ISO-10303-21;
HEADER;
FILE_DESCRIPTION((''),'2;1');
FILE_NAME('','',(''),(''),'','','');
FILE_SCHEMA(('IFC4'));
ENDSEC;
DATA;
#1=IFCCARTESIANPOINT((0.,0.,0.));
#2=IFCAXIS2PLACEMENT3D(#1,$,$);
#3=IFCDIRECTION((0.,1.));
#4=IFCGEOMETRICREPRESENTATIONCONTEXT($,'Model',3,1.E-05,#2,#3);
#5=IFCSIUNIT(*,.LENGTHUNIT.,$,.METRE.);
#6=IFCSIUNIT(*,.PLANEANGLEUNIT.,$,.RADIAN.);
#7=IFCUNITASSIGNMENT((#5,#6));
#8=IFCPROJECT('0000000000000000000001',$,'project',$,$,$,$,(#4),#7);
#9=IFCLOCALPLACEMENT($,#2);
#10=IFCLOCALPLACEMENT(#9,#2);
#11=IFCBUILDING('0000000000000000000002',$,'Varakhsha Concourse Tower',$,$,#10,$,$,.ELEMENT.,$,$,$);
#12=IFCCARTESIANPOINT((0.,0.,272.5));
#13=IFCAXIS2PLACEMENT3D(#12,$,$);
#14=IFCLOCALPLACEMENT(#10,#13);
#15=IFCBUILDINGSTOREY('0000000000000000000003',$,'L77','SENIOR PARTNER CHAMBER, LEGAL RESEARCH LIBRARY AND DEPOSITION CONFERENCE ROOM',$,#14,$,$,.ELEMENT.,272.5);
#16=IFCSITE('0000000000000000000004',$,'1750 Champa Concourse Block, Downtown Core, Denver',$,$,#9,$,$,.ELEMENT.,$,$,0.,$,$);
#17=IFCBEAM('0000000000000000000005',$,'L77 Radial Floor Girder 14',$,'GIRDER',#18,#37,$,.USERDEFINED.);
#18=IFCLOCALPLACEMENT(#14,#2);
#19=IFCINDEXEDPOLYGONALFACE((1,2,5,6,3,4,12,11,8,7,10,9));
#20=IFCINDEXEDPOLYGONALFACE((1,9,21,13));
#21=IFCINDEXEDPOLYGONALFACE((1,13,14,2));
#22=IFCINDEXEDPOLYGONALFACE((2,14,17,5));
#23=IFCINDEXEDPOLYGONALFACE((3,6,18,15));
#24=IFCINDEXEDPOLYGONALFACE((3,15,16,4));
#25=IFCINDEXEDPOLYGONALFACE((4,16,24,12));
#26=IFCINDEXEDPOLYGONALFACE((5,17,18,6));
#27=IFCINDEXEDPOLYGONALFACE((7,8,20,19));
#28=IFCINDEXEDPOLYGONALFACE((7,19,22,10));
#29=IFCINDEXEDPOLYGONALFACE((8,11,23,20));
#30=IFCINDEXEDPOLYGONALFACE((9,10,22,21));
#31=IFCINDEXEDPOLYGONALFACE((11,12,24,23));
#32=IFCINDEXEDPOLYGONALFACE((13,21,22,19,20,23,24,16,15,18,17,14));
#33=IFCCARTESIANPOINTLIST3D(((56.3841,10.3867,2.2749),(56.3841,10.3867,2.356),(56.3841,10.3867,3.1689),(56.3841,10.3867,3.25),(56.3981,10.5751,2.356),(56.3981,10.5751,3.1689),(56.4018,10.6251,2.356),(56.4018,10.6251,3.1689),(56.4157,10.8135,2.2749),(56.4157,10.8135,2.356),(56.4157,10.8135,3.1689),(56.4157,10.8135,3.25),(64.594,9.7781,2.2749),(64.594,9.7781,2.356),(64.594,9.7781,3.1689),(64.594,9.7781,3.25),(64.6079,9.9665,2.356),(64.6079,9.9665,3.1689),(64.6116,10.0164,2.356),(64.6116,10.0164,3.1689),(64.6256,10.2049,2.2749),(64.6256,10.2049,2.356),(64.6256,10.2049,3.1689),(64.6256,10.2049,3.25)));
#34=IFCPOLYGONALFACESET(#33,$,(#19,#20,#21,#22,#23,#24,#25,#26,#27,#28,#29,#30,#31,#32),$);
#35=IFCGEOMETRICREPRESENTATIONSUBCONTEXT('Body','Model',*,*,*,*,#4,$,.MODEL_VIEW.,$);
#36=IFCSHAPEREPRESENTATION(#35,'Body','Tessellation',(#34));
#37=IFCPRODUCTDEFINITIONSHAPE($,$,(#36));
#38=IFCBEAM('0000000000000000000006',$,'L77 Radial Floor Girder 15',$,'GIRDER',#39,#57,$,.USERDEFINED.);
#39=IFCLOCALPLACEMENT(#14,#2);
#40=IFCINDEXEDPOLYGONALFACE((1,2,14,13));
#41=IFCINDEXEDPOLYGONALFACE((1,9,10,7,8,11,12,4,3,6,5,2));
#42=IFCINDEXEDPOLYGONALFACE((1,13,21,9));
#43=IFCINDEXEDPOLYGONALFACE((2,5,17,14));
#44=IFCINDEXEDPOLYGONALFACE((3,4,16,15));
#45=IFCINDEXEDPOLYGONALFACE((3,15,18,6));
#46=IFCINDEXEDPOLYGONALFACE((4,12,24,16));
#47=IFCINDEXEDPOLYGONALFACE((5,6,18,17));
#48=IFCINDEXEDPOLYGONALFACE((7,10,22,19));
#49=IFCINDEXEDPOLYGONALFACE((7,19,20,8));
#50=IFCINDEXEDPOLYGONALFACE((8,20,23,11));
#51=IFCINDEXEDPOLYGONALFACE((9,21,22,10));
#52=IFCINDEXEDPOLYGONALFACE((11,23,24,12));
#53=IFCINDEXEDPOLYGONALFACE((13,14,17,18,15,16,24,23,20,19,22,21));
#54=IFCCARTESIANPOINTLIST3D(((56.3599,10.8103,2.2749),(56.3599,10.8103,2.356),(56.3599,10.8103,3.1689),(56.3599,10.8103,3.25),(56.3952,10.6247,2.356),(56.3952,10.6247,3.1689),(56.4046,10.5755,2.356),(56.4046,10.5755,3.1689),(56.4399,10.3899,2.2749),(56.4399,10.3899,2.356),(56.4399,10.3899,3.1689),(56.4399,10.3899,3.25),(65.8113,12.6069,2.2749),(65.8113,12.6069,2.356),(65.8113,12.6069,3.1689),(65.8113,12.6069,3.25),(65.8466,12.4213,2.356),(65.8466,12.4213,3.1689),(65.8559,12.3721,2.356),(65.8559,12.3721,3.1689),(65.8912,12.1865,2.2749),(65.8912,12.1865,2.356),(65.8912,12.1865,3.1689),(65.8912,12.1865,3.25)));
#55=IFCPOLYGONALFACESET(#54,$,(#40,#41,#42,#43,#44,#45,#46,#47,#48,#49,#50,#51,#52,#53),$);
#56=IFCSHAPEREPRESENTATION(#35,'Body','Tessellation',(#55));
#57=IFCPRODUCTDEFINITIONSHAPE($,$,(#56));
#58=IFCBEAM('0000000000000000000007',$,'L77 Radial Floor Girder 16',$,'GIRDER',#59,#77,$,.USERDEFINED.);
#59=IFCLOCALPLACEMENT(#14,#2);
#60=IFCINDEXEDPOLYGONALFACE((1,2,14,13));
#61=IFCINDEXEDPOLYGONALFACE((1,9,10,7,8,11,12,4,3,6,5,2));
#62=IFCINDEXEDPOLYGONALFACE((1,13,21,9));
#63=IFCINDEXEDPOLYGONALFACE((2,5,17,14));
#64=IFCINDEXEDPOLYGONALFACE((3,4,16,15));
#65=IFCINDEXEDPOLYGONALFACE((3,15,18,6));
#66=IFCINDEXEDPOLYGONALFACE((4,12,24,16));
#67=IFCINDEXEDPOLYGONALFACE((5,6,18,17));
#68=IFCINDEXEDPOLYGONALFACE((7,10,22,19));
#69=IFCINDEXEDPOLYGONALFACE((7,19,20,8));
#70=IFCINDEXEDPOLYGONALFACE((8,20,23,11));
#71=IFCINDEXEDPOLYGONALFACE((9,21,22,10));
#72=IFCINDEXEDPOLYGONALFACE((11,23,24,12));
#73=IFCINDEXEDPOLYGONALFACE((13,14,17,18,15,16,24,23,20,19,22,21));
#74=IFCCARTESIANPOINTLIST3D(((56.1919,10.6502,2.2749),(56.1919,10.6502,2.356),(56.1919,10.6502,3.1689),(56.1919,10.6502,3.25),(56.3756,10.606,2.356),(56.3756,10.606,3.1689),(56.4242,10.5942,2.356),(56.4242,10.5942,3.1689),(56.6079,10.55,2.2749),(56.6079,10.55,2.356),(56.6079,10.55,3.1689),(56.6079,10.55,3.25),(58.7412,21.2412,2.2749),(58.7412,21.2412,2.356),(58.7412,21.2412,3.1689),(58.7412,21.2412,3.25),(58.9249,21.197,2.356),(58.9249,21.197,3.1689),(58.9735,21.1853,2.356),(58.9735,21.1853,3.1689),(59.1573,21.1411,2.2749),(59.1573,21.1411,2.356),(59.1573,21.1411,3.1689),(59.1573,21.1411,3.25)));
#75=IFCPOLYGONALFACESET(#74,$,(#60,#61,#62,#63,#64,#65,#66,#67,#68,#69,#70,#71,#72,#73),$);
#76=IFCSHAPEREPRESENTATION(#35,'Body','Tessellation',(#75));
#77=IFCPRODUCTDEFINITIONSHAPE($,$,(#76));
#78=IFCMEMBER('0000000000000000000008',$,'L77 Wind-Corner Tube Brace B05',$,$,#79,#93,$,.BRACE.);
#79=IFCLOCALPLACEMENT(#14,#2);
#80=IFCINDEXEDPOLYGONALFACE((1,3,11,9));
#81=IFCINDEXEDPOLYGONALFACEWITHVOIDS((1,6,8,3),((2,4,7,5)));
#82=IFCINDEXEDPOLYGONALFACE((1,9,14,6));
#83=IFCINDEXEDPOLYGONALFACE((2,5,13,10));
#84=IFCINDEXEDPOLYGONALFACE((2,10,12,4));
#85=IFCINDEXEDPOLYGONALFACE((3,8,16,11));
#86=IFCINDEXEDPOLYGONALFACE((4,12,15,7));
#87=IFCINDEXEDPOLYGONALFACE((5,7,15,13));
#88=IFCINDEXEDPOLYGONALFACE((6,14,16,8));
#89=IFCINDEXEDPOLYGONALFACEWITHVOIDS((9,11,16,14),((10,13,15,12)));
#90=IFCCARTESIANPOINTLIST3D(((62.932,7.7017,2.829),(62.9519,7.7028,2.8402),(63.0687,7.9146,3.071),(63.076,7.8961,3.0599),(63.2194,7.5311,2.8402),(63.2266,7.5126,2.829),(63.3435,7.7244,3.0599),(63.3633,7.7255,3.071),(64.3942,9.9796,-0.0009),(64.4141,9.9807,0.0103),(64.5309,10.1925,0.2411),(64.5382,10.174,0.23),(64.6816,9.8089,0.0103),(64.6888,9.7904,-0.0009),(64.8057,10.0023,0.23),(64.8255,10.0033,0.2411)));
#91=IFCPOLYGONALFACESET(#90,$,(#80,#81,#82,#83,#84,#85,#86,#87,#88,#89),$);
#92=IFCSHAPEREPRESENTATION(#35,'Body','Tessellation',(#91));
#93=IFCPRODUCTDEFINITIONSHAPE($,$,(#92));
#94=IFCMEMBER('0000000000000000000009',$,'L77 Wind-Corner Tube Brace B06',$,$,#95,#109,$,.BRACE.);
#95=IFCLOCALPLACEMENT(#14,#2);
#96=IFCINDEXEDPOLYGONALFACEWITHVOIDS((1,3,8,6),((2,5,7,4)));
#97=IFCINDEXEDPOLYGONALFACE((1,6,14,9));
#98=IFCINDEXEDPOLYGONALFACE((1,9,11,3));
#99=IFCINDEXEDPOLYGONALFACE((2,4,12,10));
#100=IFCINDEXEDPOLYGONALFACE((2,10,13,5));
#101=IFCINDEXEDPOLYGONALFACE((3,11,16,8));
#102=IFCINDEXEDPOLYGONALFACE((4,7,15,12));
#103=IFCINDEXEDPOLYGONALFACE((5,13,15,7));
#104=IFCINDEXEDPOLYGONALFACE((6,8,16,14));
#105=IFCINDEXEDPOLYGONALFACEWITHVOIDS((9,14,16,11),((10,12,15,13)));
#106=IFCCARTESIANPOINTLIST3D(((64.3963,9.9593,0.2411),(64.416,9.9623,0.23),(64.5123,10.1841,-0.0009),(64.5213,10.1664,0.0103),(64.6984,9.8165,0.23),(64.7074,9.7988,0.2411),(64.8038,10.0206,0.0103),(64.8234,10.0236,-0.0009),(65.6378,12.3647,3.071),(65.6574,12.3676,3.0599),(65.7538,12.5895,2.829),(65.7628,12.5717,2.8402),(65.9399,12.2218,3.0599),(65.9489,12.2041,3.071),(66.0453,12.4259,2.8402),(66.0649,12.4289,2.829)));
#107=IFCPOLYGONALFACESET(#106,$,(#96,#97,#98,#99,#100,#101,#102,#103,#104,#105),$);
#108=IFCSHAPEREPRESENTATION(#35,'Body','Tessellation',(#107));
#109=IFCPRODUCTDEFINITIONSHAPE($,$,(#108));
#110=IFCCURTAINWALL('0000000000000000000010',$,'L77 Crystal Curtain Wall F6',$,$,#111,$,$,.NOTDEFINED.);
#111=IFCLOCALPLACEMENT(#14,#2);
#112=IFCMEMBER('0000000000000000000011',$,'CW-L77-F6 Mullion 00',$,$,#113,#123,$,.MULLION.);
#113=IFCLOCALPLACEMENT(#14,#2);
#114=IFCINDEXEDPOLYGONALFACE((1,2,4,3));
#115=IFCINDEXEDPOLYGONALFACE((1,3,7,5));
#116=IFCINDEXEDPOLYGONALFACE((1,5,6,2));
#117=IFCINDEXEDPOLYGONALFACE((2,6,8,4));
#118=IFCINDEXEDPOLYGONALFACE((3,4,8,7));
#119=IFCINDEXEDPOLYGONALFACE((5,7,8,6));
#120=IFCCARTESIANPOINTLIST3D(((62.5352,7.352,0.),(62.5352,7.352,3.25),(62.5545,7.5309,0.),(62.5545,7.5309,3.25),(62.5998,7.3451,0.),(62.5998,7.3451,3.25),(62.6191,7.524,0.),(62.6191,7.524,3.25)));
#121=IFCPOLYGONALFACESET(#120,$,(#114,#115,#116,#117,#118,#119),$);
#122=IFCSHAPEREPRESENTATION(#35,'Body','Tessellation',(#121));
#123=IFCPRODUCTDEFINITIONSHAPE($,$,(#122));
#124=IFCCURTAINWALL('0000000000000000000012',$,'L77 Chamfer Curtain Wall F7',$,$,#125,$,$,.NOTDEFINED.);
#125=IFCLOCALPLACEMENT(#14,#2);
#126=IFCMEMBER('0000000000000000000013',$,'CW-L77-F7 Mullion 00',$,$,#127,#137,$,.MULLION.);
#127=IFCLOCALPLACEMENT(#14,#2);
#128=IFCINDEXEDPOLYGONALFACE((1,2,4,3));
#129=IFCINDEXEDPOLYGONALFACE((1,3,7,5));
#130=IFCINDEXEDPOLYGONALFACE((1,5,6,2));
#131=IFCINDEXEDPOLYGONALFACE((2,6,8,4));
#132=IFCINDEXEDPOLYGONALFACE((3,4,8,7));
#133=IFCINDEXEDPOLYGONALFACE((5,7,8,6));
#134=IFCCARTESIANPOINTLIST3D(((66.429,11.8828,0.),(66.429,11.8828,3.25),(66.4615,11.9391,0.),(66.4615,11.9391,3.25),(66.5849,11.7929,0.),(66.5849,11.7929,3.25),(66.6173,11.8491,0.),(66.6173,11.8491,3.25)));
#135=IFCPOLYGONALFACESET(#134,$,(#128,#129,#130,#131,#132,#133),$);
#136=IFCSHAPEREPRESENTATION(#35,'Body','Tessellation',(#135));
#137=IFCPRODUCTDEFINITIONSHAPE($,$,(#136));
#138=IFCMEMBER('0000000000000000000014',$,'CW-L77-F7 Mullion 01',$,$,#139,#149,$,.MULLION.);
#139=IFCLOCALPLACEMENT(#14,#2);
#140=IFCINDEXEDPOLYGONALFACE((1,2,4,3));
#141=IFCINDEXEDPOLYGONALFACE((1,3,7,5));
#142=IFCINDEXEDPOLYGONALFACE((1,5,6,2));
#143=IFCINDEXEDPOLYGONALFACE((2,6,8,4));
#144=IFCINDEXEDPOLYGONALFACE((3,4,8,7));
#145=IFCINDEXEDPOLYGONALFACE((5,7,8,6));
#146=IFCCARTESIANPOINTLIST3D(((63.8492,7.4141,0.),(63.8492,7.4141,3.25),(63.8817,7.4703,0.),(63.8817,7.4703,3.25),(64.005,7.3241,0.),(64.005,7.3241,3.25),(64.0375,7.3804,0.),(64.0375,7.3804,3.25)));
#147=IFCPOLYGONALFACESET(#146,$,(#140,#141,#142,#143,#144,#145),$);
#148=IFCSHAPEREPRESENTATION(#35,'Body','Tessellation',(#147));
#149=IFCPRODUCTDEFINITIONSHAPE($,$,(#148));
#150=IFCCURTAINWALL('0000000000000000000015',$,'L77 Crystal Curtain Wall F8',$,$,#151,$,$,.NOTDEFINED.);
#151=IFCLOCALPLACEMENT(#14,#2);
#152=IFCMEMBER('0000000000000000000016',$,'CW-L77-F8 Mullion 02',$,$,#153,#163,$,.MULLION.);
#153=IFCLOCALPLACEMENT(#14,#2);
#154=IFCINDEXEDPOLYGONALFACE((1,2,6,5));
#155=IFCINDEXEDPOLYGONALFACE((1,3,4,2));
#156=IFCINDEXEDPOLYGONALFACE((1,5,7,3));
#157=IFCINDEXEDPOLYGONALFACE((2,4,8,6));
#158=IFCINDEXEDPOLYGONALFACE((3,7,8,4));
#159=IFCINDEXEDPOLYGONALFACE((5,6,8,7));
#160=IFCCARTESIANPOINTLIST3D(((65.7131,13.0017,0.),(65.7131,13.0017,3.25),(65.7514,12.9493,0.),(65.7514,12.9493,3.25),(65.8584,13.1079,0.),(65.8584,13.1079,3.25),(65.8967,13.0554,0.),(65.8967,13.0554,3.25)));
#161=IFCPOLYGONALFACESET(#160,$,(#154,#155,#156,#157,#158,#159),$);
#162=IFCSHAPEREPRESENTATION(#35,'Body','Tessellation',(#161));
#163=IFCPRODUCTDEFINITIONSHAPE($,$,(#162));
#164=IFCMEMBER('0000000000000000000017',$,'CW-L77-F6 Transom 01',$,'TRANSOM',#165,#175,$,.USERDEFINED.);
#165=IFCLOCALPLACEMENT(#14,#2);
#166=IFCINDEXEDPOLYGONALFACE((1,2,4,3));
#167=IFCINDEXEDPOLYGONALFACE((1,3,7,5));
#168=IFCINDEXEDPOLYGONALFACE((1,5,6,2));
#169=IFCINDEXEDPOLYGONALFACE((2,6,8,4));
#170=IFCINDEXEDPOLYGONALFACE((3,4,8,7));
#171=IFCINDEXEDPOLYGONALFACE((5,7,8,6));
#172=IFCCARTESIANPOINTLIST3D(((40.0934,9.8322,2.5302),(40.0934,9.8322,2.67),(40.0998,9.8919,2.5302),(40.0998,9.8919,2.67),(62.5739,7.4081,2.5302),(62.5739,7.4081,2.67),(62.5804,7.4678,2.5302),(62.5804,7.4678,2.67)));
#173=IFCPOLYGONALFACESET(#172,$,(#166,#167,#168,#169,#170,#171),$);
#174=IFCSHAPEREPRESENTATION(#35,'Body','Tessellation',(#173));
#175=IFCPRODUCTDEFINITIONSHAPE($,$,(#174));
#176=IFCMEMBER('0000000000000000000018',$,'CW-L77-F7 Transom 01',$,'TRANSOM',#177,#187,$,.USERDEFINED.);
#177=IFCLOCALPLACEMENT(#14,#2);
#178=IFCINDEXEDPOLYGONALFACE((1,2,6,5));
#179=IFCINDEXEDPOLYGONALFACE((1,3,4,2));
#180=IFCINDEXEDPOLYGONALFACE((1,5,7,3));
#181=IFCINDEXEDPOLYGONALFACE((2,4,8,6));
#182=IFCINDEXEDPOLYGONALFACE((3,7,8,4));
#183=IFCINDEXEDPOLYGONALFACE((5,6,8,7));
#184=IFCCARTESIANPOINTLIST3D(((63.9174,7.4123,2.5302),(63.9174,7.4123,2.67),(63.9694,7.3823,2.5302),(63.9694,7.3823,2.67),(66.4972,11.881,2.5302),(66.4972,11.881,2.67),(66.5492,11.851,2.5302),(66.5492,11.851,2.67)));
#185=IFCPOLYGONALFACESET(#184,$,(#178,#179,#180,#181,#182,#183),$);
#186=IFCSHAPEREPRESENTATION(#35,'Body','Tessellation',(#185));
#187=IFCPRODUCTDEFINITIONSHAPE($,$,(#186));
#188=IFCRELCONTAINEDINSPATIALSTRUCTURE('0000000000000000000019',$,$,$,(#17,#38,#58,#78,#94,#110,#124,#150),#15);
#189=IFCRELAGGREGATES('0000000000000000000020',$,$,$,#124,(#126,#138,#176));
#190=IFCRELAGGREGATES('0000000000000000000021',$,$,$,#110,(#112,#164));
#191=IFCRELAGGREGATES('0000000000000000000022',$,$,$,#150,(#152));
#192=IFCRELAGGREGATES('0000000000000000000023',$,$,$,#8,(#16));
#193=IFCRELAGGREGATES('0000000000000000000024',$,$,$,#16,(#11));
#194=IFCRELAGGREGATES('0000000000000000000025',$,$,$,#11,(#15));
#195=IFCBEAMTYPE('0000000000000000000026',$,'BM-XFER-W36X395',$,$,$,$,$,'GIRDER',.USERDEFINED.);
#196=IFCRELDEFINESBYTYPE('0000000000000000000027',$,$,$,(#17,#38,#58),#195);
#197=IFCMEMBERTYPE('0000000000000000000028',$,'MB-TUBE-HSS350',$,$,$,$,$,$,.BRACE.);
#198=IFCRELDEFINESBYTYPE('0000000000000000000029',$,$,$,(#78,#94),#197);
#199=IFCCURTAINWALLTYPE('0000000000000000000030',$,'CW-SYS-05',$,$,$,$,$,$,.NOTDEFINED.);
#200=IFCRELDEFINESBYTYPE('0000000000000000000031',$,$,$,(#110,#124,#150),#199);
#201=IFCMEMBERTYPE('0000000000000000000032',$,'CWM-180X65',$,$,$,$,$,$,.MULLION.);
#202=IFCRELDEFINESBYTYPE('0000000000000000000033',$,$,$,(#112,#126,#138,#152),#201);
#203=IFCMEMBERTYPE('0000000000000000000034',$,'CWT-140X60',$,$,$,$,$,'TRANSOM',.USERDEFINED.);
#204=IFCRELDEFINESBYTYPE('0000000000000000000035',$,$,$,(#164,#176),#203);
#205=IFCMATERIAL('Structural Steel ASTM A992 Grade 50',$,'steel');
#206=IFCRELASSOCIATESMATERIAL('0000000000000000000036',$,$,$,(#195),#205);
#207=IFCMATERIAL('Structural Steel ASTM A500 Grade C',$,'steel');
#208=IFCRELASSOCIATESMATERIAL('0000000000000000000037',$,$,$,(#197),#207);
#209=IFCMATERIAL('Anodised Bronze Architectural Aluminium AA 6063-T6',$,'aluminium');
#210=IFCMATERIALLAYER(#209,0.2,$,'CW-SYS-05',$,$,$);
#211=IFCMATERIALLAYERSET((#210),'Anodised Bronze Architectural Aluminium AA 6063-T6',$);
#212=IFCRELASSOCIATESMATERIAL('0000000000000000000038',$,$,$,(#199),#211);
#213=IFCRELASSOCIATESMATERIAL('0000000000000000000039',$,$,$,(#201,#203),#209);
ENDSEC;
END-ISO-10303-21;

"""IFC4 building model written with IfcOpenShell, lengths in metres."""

from ifc_helpers import new_model, si_unit, direction, frame, origin, origin_2d, place, context, subcontext, project, spatial, rectangle, hollow_rectangle, i_section, extrude, source, transform, mapped, material, layer, layer_set, material_profile, profile_set, type_object, type_shapes, element, aggregate, save


model = new_model("IFC4")

# Units and contexts
model_context = context("Model", 3, precision=1e-05, world=origin(), true_north=direction((0.0, 1.0)))
body_context = subcontext(model_context, "Body", "Model", "MODEL_VIEW")
ifc_project = project(units=[si_unit("LENGTHUNIT", "METRE"), si_unit("PLANEANGLEUNIT", "RADIAN")], contexts=[model_context])

# Site, building, storey
site_placement = place(None, origin())
site = spatial("IfcSite", under=ifc_project, at=site_placement, Name="1750 Champa Concourse Block, Downtown Core, Denver", CompositionType="ELEMENT", RefElevation=0.0)
building_placement = place(site_placement, origin())
building = spatial("IfcBuilding", under=site, at=building_placement, Name="Varakhsha Concourse Tower", CompositionType="ELEMENT")
storey_placement = place(building_placement, frame((0.0, 0.0, 272.5)))
storey = spatial("IfcBuildingStorey", under=building, at=storey_placement, Name="L77", Description="SENIOR PARTNER CHAMBER, LEGAL RESEARCH LIBRARY AND DEPOSITION CONFERENCE ROOM", CompositionType="ELEMENT", Elevation=272.5)

# Beams
ifc_material_1 = material(Name="Structural Steel ASTM A992 Grade 50", Category="steel")
ifc_material_profile_1 = material_profile(ifc_material_1, i_section(OverallWidth=0.428, OverallDepth=0.9751, WebThickness=0.05, FlangeThickness=0.0811, at=origin_2d()), Name="W36X395")
ifc_profile_set_1 = profile_set([ifc_material_profile_1], Name="Structural Steel ASTM A992 Grade 50")
beam_type_1 = type_object("IfcBeamType", Name="BM-XFER-W36X395", ElementType="GIRDER", PredefinedType="USERDEFINED", material=ifc_profile_set_1)
beam_1_placement = place(storey_placement, frame((56.3999, 10.6001, 2.7625), z_axis=(0.997263, -0.073932, 0.0), x_axis=(0.073932, 0.997263, 0.0)))
element("IfcBeam", 1, at=beam_1_placement, inside=storey, type_object=beam_type_1, Name="L77 Radial Floor Girder 14", ObjectType="GIRDER", PredefinedType="USERDEFINED", context=body_context, shape_type="SweptSolid", body=[
    extrude(i_section(OverallWidth=0.428, OverallDepth=0.9751, WebThickness=0.05, FlangeThickness=0.0811, at=origin_2d()), origin(), (0.0, 0.0, 1.0), 8.2324),
])
beam_2_placement = place(storey_placement, frame((56.3999, 10.6001, 2.7625), z_axis=(0.982408, 0.186747, 0.0), x_axis=(-0.186747, 0.982408, 0.0)))
element("IfcBeam", 2, at=beam_2_placement, inside=storey, type_object=beam_type_1, Name="L77 Radial Floor Girder 15", ObjectType="GIRDER", PredefinedType="USERDEFINED", context=body_context, shape_type="SweptSolid", body=[
    extrude(i_section(OverallWidth=0.428, OverallDepth=0.9751, WebThickness=0.05, FlangeThickness=0.0811, at=origin_2d()), origin(), (0.0, 0.0, 1.0), 9.6206),
])
beam_3_placement = place(storey_placement, frame((56.3999, 10.6001, 2.7625), z_axis=(0.23402, 0.972232, 0.0), x_axis=(-0.972232, 0.23402, 0.0)))
element("IfcBeam", 3, at=beam_3_placement, inside=storey, type_object=beam_type_1, Name="L77 Radial Floor Girder 16", ObjectType="GIRDER", PredefinedType="USERDEFINED", context=body_context, shape_type="SweptSolid", body=[
    extrude(i_section(OverallWidth=0.428, OverallDepth=0.9751, WebThickness=0.05, FlangeThickness=0.0811, at=origin_2d()), origin(), (0.0, 0.0, 1.0), 10.8936),
])

# Members
ifc_material_2 = material(Name="Structural Steel ASTM A500 Grade C", Category="steel")
ifc_material_profile_2 = material_profile(ifc_material_2, hollow_rectangle(XDim=0.3501, YDim=0.3501, WallThickness=0.0161, at=origin_2d()), Name="HSS 350x350x16")
ifc_profile_set_2 = profile_set([ifc_material_profile_2], Name="Structural Steel ASTM A500 Grade C")
member_type_1 = type_object("IfcMemberType", Name="MB-TUBE-HSS350", PredefinedType="BRACE", material=ifc_profile_set_2)
shared_shape_1 = source(origin(), body_context, "Body", "SweptSolid", [
    extrude(hollow_rectangle(XDim=0.3501, YDim=0.3501, WallThickness=0.0161, at=origin_2d()), origin(), (0.0, 0.0, 1.0), 3.916),
])
type_shapes(member_type_1, [shared_shape_1])
for number, where, z_axis, x_axis, name in (
    (4, (64.6099, 9.9915, 0.1201), (-0.373389, -0.581686, 0.72265), (0.841542, -0.540192, 0.0), "L77 Wind-Corner Tube Brace B05"),
    (5, (64.6099, 9.9915, 0.1201), (0.317027, 0.614228, 0.722647), (-0.888617, 0.45865, 0.0), "L77 Wind-Corner Tube Brace B06"),
):
    element("IfcMember", number, at=place(storey_placement, frame(where, z_axis=z_axis, x_axis=x_axis)), inside=storey, type_object=member_type_1, Name=name, PredefinedType="BRACE", context=body_context, shape_type="MappedRepresentation", body=[
        mapped(shared_shape_1, transform((0.0, 0.0, 0.0), scale=1.0)),
    ])

# Curtain wall, member
ifc_material_3 = material(Name="Anodised Bronze Architectural Aluminium AA 6063-T6", Category="aluminium")
ifc_layer_1 = layer(ifc_material_3, 0.2, Name="CW-SYS-05")
ifc_layer_set_1 = layer_set([ifc_layer_1], Name="Anodised Bronze Architectural Aluminium AA 6063-T6")
curtain_wall_type = type_object("IfcCurtainWallType", Name="CW-SYS-05", PredefinedType="NOTDEFINED", material=ifc_layer_set_1)
curtain_wall_1_placement = place(storey_placement, origin())
curtain_wall_1 = element("IfcCurtainWall", 6, at=curtain_wall_1_placement, inside=storey, type_object=curtain_wall_type, Name="L77 Crystal Curtain Wall F6", PredefinedType="NOTDEFINED")
ifc_material_profile_3 = material_profile(ifc_material_3, rectangle(XDim=0.0649, YDim=0.1799, at=origin_2d()), Name="CWM-180X65")
ifc_profile_set_3 = profile_set([ifc_material_profile_3], Name="Anodised Bronze Architectural Aluminium AA 6063-T6")
member_type_2 = type_object("IfcMemberType", Name="CWM-180X65", PredefinedType="MULLION", material=ifc_profile_set_3)
shared_shape_2 = source(origin(), body_context, "Body", "SweptSolid", [
    extrude(rectangle(XDim=0.0649, YDim=0.1799, at=origin_2d()), origin(), (0.0, 0.0, 1.0), 3.25),
])
type_shapes(member_type_2, [shared_shape_2])
member_1_placement = place(storey_placement, frame((62.5771, 7.438, 0.0), z_axis=(0.0, 0.0, 1.0), x_axis=(-0.994236, 0.10721, 0.0)))
member_1 = element("IfcMember", 7, at=member_1_placement, type_object=member_type_2, Name="CW-L77-F6 Mullion 00", PredefinedType="MULLION", context=body_context, shape_type="MappedRepresentation", body=[
    mapped(shared_shape_2, transform((0.0, 0.0, 0.0), scale=1.0)),
])

# Curtain wall, members
curtain_wall_2_placement = place(storey_placement, origin())
curtain_wall_2 = element("IfcCurtainWall", 8, at=curtain_wall_2_placement, inside=storey, type_object=curtain_wall_type, Name="L77 Chamfer Curtain Wall F7", PredefinedType="NOTDEFINED")
member_2_placement = place(storey_placement, frame((66.5232, 11.866, 0.0), z_axis=(0.0, 0.0, 1.0), x_axis=(-0.499991, -0.866031, 0.0)))
member_2 = element("IfcMember", 9, at=member_2_placement, type_object=member_type_2, Name="CW-L77-F7 Mullion 00", PredefinedType="MULLION", context=body_context, shape_type="MappedRepresentation", body=[
    mapped(shared_shape_2, transform((0.0, 0.0, 0.0), scale=1.0)),
])
member_3_placement = place(storey_placement, frame((63.9434, 7.3972, 0.0), z_axis=(0.0, 0.0, 1.0), x_axis=(-0.499991, -0.866031, 0.0)))
member_3 = element("IfcMember", 10, at=member_3_placement, type_object=member_type_2, Name="CW-L77-F7 Mullion 01", PredefinedType="MULLION", context=body_context, shape_type="MappedRepresentation", body=[
    mapped(shared_shape_2, transform((0.0, 0.0, 0.0), scale=1.0)),
])

# Curtain wall, member
curtain_wall_3_placement = place(storey_placement, origin())
curtain_wall_3 = element("IfcCurtainWall", 11, at=curtain_wall_3_placement, inside=storey, type_object=curtain_wall_type, Name="L77 Crystal Curtain Wall F8", PredefinedType="NOTDEFINED")
member_4_placement = place(storey_placement, frame((65.8049, 13.0286, 0.0), z_axis=(0.0, 0.0, 1.0), x_axis=(0.58996, -0.807432, 0.0)))
member_4 = element("IfcMember", 12, at=member_4_placement, type_object=member_type_2, Name="CW-L77-F8 Mullion 02", PredefinedType="MULLION", context=body_context, shape_type="MappedRepresentation", body=[
    mapped(shared_shape_2, transform((0.0, 0.0, 0.0), scale=1.0)),
])

# Members
ifc_material_profile_4 = material_profile(ifc_material_3, rectangle(XDim=0.0601, YDim=0.1399, at=origin_2d()), Name="CWT-140X60")
ifc_profile_set_4 = profile_set([ifc_material_profile_4], Name="Anodised Bronze Architectural Aluminium AA 6063-T6")
member_type_3 = type_object("IfcMemberType", Name="CWT-140X60", ElementType="TRANSOM", PredefinedType="USERDEFINED", material=ifc_profile_set_4)
shared_shape_3 = source(origin(), body_context, "Body", "SweptSolid", [
    extrude(rectangle(XDim=0.0601, YDim=0.1399, at=origin_2d()), origin(), (0.0, 0.0, 1.0), 22.6108),
])
member_5_placement = place(storey_placement, frame((62.5771, 7.438, 2.6001), z_axis=(-0.994237, 0.107209, 0.0), x_axis=(-0.107209, -0.994237, 0.0)))
member_5 = element("IfcMember", 13, at=member_5_placement, type_object=member_type_3, Name="CW-L77-F6 Transom 01", ObjectType="TRANSOM", PredefinedType="USERDEFINED", context=body_context, shape_type="MappedRepresentation", body=[
    mapped(shared_shape_3, transform((0.0, 0.0, 0.0), scale=1.0)),
])
shared_shape_4 = source(origin(), body_context, "Body", "SweptSolid", [
    extrude(rectangle(XDim=0.0601, YDim=0.1399, at=origin_2d()), origin(), (0.0, 0.0, 1.0), 5.1599),
])
type_shapes(member_type_3, [shared_shape_3, shared_shape_4])
member_6_placement = place(storey_placement, frame((66.5232, 11.866, 2.6001), z_axis=(-0.499971, -0.866042, 0.0), x_axis=(0.866042, -0.499971, 0.0)))
member_6 = element("IfcMember", 14, at=member_6_placement, type_object=member_type_3, Name="CW-L77-F7 Transom 01", ObjectType="TRANSOM", PredefinedType="USERDEFINED", context=body_context, shape_type="MappedRepresentation", body=[
    mapped(shared_shape_4, transform((0.0, 0.0, 0.0), scale=1.0)),
])

aggregate(curtain_wall_2, [member_2, member_3, member_6])
aggregate(curtain_wall_1, [member_1, member_5])
aggregate(curtain_wall_3, [member_4])

save(model, "model.ifc")
